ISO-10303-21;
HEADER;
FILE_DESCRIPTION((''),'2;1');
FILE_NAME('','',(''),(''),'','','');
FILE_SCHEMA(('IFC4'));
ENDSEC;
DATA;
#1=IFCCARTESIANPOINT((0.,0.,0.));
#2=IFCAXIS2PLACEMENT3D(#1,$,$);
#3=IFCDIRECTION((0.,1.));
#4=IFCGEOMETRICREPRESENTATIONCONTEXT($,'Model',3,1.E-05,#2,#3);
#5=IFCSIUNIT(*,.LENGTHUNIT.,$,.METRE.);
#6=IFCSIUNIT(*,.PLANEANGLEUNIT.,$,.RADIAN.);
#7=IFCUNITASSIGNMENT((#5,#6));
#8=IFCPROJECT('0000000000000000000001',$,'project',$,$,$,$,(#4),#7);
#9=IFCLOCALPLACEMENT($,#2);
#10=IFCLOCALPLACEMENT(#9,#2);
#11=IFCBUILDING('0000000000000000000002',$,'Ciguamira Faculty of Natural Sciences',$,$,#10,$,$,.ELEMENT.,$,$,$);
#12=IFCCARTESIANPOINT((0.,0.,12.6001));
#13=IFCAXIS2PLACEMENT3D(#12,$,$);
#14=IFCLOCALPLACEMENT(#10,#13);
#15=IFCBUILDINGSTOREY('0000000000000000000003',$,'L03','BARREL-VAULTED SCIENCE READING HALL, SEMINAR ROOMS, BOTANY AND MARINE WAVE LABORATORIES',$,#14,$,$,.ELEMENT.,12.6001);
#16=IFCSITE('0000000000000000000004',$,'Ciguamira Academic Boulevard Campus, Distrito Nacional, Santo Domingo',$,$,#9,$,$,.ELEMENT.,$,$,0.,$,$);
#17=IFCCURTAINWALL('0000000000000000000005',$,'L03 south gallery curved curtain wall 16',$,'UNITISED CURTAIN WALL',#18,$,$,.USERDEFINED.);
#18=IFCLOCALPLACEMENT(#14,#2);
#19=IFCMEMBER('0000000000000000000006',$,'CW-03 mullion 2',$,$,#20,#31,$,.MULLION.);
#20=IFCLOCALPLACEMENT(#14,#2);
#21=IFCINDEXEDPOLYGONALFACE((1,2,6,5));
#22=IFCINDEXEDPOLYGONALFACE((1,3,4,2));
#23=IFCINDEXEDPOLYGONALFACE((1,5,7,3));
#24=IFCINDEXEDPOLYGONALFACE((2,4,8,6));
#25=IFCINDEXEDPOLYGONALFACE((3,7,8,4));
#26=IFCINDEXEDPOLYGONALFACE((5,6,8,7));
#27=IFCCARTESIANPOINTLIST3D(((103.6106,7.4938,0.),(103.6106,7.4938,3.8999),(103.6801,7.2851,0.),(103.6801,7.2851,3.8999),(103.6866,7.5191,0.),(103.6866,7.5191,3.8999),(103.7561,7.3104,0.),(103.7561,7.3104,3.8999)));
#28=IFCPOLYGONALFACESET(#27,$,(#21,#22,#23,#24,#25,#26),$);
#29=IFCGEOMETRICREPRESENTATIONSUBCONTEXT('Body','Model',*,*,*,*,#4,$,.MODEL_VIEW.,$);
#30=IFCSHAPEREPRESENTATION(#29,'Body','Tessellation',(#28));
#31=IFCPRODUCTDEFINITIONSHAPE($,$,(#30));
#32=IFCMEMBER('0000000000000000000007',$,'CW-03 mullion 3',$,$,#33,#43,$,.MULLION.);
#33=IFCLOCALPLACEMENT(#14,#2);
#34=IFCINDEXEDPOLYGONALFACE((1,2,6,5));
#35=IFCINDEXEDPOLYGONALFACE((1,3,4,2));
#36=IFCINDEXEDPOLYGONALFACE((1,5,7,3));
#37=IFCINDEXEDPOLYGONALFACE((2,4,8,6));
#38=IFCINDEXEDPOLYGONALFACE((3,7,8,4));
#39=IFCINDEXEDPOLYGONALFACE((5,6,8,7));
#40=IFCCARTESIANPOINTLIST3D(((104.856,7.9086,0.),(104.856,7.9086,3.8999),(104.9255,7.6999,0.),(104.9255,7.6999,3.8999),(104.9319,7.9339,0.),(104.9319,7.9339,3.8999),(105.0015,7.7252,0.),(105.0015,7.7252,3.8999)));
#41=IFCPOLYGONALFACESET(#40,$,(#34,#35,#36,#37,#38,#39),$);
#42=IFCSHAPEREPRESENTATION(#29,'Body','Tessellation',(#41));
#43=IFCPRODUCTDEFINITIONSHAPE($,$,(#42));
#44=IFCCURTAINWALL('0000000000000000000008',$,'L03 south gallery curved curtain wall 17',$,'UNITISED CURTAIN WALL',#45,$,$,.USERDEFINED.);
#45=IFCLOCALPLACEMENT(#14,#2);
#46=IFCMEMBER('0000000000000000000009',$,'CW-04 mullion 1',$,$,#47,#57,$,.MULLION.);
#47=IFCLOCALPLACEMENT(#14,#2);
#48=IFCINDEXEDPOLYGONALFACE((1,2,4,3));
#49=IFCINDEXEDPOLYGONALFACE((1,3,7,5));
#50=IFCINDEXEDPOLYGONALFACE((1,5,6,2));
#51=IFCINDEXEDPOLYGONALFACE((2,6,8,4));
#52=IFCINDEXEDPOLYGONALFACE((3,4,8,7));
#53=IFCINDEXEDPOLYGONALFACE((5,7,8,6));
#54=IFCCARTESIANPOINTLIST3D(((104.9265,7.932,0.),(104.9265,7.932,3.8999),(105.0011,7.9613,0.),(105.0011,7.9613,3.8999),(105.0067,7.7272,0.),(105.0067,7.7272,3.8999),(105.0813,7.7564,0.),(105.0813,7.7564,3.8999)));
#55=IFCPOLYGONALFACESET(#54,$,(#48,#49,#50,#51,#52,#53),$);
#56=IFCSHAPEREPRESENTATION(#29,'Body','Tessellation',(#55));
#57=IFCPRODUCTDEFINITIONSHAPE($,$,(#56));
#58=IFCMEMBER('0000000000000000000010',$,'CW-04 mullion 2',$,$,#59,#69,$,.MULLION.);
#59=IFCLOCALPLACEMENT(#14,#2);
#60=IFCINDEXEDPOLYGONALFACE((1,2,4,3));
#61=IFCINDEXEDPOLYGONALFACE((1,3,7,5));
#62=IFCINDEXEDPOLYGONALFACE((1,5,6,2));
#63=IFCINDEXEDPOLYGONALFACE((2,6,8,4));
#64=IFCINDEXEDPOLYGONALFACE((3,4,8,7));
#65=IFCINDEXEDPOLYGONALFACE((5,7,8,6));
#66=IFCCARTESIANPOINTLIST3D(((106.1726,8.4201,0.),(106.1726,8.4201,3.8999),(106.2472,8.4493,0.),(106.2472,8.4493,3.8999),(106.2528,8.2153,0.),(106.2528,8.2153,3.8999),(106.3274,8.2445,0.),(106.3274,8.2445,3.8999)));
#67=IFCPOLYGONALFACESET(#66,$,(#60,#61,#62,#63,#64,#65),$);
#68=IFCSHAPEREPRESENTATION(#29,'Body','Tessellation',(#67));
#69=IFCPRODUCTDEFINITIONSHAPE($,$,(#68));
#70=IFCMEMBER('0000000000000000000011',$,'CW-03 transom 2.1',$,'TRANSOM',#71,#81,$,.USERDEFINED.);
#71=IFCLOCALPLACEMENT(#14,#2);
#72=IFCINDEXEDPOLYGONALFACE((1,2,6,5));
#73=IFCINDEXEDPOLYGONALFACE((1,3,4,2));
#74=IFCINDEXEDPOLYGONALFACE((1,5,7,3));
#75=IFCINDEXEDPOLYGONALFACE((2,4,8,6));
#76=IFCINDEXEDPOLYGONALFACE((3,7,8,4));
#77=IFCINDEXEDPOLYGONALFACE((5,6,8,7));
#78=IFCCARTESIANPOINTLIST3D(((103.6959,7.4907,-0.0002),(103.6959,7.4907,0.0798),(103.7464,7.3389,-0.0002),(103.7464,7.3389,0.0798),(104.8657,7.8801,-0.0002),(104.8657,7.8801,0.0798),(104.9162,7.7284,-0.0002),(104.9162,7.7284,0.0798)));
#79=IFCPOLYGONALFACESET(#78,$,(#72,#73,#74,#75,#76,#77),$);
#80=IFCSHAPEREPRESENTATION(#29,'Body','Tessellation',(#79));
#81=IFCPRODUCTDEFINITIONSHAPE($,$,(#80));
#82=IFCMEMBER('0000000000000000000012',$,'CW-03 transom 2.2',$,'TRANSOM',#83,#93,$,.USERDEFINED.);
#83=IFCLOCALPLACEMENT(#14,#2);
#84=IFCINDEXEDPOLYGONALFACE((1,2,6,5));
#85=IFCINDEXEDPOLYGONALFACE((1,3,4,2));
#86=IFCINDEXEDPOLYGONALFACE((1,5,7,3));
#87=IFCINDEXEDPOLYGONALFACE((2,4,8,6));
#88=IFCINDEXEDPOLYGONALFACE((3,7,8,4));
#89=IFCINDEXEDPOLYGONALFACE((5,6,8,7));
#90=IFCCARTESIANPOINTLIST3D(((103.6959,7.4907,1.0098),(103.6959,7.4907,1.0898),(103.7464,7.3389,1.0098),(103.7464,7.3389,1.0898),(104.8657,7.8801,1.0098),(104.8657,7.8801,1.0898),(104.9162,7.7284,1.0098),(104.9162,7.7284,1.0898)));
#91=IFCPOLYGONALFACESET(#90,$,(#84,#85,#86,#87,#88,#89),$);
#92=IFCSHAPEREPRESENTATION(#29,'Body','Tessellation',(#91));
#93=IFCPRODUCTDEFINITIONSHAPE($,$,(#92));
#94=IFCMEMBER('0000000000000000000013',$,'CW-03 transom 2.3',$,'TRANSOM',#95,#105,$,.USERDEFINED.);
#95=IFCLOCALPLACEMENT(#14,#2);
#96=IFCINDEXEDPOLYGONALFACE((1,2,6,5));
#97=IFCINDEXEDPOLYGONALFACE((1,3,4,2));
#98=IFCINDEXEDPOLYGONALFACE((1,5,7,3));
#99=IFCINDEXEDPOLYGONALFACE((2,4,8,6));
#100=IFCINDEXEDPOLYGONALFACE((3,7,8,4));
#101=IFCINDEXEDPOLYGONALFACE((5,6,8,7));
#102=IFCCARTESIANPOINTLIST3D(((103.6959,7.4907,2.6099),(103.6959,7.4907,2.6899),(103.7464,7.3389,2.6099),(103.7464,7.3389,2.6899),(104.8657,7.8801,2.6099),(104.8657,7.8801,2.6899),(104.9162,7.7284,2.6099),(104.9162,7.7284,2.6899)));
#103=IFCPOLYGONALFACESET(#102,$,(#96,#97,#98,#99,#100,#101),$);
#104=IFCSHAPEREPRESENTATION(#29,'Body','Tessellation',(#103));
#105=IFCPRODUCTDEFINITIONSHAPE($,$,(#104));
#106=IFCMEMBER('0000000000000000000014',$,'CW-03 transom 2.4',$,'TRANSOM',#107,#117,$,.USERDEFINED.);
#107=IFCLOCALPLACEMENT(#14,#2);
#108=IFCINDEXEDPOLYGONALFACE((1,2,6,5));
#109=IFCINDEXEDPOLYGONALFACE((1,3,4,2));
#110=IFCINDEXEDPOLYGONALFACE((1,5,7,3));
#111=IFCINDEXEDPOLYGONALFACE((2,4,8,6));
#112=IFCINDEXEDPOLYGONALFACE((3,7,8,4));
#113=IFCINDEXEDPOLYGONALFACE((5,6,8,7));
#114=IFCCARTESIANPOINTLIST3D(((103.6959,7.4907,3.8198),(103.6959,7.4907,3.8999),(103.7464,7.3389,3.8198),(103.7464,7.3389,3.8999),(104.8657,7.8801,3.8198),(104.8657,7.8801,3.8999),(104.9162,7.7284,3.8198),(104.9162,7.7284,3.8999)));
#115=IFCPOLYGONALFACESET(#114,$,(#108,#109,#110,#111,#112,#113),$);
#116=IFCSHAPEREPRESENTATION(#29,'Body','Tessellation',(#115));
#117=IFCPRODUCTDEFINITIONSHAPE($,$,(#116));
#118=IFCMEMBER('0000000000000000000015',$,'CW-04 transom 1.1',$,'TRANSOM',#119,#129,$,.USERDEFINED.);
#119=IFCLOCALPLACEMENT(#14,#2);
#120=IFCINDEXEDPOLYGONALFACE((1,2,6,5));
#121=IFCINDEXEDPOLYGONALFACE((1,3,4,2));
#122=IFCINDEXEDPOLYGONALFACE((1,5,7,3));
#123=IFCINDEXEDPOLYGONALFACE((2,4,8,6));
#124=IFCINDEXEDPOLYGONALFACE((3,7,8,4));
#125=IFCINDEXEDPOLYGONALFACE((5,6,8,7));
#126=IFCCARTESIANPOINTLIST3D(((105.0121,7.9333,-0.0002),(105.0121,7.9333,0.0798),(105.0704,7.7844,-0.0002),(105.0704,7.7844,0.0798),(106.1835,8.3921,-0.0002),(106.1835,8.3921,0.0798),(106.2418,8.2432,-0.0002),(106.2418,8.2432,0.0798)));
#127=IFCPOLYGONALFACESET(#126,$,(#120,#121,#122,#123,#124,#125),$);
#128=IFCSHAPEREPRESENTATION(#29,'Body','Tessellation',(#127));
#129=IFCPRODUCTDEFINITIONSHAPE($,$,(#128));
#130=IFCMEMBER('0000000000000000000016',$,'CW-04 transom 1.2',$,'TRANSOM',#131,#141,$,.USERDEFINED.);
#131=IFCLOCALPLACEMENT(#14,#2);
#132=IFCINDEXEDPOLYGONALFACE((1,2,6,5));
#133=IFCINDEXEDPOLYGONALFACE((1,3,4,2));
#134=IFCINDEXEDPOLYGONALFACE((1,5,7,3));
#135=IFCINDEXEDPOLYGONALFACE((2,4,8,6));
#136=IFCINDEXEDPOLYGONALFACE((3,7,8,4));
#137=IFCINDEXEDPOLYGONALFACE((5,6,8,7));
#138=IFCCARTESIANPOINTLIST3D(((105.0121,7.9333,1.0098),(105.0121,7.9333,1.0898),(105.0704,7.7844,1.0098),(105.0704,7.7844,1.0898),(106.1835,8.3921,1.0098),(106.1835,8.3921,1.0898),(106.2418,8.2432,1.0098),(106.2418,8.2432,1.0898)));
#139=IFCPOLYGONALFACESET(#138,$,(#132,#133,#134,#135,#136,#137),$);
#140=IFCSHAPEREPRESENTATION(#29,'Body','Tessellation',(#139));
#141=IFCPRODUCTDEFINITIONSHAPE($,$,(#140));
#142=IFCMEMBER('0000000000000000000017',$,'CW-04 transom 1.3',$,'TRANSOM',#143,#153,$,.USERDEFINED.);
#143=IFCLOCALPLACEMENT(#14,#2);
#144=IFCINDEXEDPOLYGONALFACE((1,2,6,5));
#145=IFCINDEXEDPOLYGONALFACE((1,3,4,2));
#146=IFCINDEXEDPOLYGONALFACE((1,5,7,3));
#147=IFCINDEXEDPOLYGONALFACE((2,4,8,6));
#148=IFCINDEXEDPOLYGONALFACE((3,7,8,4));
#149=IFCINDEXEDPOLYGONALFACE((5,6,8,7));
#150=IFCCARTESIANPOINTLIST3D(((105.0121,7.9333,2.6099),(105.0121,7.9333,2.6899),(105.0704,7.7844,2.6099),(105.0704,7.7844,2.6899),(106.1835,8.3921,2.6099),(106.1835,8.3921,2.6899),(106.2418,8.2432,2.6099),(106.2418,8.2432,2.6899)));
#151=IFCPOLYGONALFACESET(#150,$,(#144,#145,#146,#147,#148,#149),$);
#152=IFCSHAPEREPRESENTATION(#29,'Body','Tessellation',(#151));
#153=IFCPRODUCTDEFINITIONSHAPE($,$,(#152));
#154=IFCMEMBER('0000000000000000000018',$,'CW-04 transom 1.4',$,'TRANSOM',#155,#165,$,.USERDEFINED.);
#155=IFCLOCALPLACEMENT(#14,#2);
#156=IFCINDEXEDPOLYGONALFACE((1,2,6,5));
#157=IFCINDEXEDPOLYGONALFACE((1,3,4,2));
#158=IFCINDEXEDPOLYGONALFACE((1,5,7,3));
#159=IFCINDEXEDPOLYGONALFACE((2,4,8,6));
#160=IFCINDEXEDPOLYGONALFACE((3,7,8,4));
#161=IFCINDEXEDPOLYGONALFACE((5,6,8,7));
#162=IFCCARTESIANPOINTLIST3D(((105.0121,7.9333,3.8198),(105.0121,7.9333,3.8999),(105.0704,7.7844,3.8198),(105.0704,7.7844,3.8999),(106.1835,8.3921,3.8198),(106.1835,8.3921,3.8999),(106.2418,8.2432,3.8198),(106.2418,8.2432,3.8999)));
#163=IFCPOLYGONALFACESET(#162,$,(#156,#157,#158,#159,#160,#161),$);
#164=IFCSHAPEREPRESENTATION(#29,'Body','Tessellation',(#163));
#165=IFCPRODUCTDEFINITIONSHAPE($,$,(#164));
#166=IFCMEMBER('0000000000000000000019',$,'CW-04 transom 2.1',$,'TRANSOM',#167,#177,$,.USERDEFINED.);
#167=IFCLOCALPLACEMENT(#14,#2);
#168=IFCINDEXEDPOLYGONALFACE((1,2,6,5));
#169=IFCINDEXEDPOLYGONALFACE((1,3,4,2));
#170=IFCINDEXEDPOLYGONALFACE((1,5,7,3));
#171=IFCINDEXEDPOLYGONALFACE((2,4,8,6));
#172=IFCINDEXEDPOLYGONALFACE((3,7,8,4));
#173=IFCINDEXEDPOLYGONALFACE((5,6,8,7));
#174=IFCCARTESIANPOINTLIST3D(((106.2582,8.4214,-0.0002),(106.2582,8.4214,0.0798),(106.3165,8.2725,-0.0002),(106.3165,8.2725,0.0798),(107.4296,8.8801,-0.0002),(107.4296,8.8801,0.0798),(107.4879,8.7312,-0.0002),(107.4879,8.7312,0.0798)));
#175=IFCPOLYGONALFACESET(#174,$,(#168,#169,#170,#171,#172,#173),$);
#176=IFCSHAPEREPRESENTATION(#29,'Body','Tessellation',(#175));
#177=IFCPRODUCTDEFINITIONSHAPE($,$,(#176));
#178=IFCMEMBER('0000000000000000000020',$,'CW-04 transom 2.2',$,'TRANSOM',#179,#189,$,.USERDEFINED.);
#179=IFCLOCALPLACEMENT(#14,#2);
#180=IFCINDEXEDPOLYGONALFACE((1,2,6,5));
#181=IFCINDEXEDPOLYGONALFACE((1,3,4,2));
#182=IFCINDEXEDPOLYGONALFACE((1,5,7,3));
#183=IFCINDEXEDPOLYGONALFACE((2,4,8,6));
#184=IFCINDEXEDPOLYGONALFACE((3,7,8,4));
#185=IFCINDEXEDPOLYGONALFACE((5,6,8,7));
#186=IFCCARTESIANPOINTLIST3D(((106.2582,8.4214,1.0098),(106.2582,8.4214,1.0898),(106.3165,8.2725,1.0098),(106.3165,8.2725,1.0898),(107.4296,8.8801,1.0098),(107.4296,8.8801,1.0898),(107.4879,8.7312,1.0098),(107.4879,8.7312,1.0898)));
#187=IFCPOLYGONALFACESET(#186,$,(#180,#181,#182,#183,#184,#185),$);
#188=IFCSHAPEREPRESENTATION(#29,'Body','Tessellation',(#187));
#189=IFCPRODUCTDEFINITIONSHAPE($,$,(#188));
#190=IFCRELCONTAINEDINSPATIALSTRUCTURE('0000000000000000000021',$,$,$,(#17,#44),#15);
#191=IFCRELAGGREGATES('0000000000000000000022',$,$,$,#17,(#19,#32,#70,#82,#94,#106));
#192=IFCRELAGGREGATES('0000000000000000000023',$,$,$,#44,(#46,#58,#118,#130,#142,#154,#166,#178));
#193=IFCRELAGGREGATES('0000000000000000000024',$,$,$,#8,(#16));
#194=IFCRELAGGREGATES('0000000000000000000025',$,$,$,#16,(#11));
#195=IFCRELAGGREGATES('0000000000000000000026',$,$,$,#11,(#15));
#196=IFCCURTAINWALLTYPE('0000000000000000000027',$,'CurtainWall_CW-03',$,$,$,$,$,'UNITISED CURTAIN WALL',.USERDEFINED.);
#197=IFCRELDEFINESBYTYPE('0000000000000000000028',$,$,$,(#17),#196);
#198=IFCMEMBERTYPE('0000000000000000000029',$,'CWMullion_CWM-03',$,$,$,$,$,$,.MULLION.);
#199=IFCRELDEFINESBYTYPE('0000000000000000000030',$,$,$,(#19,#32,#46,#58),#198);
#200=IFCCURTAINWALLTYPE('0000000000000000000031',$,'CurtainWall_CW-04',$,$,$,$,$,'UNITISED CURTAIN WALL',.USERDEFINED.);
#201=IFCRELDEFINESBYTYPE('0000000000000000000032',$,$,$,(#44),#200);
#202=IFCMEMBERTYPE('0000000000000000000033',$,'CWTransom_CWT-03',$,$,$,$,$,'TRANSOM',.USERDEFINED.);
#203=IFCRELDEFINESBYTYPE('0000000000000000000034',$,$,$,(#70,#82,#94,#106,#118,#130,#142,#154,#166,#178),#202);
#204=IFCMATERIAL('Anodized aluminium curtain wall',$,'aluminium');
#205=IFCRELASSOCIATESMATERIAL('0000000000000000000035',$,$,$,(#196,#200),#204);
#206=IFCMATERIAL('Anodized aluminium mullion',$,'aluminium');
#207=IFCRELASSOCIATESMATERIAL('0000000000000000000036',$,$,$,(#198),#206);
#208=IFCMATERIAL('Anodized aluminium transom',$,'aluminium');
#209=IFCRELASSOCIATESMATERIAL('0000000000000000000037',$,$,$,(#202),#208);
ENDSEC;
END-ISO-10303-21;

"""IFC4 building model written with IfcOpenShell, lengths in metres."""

from ifc_helpers import new_model, si_unit, direction, frame, origin, origin_2d, place, context, subcontext, project, spatial, rectangle, extrude, material, material_profile, profile_set, type_object, element, aggregate, save


model = new_model("IFC4")

# Units and contexts
model_context = context("Model", 3, precision=1e-05, world=origin(), true_north=direction((0.0, 1.0)))
body_context = subcontext(model_context, "Body", "Model", "MODEL_VIEW")
ifc_project = project(units=[si_unit("LENGTHUNIT", "METRE"), si_unit("PLANEANGLEUNIT", "RADIAN")], contexts=[model_context])

# Site, building, storey
site_placement = place(None, origin())
site = spatial("IfcSite", under=ifc_project, at=site_placement, Name="Ciguamira Academic Boulevard Campus, Distrito Nacional, Santo Domingo", CompositionType="ELEMENT", RefElevation=0.0)
building_placement = place(site_placement, origin())
building = spatial("IfcBuilding", under=site, at=building_placement, Name="Ciguamira Faculty of Natural Sciences", CompositionType="ELEMENT")
storey_placement = place(building_placement, frame((0.0, 0.0, 12.6001)))
storey = spatial("IfcBuildingStorey", under=building, at=storey_placement, Name="L03", Description="BARREL-VAULTED SCIENCE READING HALL, SEMINAR ROOMS, BOTANY AND MARINE WAVE LABORATORIES", CompositionType="ELEMENT", Elevation=12.6001)

# Curtain walls, members
ifc_material_1 = material(Name="Anodized aluminium curtain wall", Category="aluminium")
curtain_wall_type_1 = type_object("IfcCurtainWallType", Name="CurtainWall_CW-03", ElementType="UNITISED CURTAIN WALL", PredefinedType="USERDEFINED", material=ifc_material_1)
curtain_wall_1_placement = place(storey_placement, origin())
curtain_wall_1 = element("IfcCurtainWall", 1, at=curtain_wall_1_placement, inside=storey, type_object=curtain_wall_type_1, Name="L03 south gallery curved curtain wall 16", ObjectType="UNITISED CURTAIN WALL", PredefinedType="USERDEFINED")
ifc_material_2 = material(Name="Anodized aluminium mullion", Category="aluminium")
ifc_material_profile_1 = material_profile(ifc_material_2, rectangle(XDim=0.0801, YDim=0.22, at=origin_2d()), Name="ALU-MUL-80X220")
ifc_profile_set_1 = profile_set([ifc_material_profile_1], Name="Anodized aluminium mullion")
member_type_1 = type_object("IfcMemberType", Name="CWMullion_CWM-03", PredefinedType="MULLION", material=ifc_profile_set_1)
member_1_placement = place(storey_placement, frame((103.6833, 7.4021, 0.0), z_axis=(0.0, 0.0, 1.0), x_axis=(0.948735, 0.316073, 0.0)))
member_1 = element("IfcMember", 2, at=member_1_placement, type_object=member_type_1, Name="CW-03 mullion 2", PredefinedType="MULLION", context=body_context, shape_type="SweptSolid", body=[
    extrude(rectangle(XDim=0.0801, YDim=0.22, at=origin_2d()), origin(), (0.0, 0.0, 1.0), 3.8999),
])
member_2_placement = place(storey_placement, frame((104.9287, 7.8169, 0.0), z_axis=(0.0, 0.0, 1.0), x_axis=(0.948735, 0.316073, 0.0)))
member_2 = element("IfcMember", 3, at=member_2_placement, type_object=member_type_1, Name="CW-03 mullion 3", PredefinedType="MULLION", context=body_context, shape_type="SweptSolid", body=[
    extrude(rectangle(XDim=0.0801, YDim=0.22, at=origin_2d()), origin(), (0.0, 0.0, 1.0), 3.8999),
])
curtain_wall_type_2 = type_object("IfcCurtainWallType", Name="CurtainWall_CW-04", ElementType="UNITISED CURTAIN WALL", PredefinedType="USERDEFINED", material=ifc_material_1)
curtain_wall_2_placement = place(storey_placement, origin())
curtain_wall_2 = element("IfcCurtainWall", 4, at=curtain_wall_2_placement, inside=storey, type_object=curtain_wall_type_2, Name="L03 south gallery curved curtain wall 17", ObjectType="UNITISED CURTAIN WALL", PredefinedType="USERDEFINED")
member_3_placement = place(storey_placement, frame((105.0039, 7.8442, 0.0), z_axis=(0.0, 0.0, 1.0), x_axis=(0.931122, 0.364707, 0.0)))
member_3 = element("IfcMember", 5, at=member_3_placement, type_object=member_type_1, Name="CW-04 mullion 1", PredefinedType="MULLION", context=body_context, shape_type="SweptSolid", body=[
    extrude(rectangle(XDim=0.0801, YDim=0.22, at=origin_2d()), origin(), (0.0, 0.0, 1.0), 3.8999),
])
member_4_placement = place(storey_placement, frame((106.25, 8.3323, 0.0), z_axis=(0.0, 0.0, 1.0), x_axis=(0.931122, 0.364707, 0.0)))
member_4 = element("IfcMember", 6, at=member_4_placement, type_object=member_type_1, Name="CW-04 mullion 2", PredefinedType="MULLION", context=body_context, shape_type="SweptSolid", body=[
    extrude(rectangle(XDim=0.0801, YDim=0.22, at=origin_2d()), origin(), (0.0, 0.0, 1.0), 3.8999),
])

# Members
ifc_material_3 = material(Name="Anodized aluminium transom", Category="aluminium")
ifc_material_profile_2 = material_profile(ifc_material_3, rectangle(XDim=0.0801, YDim=0.1599, at=origin_2d()), Name="ALU-TRN-80X160")
ifc_profile_set_2 = profile_set([ifc_material_profile_2], Name="Anodized aluminium transom")
member_type_2 = type_object("IfcMemberType", Name="CWTransom_CWT-03", ElementType="TRANSOM", PredefinedType="USERDEFINED", material=ifc_profile_set_2)
member_5_placement = place(storey_placement, frame((103.7212, 7.4148, 0.0398), z_axis=(0.948802, 0.315871, 0.0), x_axis=(0.0, 0.0, 1.0)))
member_5 = element("IfcMember", 7, at=member_5_placement, type_object=member_type_2, Name="CW-03 transom 2.1", ObjectType="TRANSOM", PredefinedType="USERDEFINED", context=body_context, shape_type="SweptSolid", body=[
    extrude(rectangle(XDim=0.0801, YDim=0.1599, at=origin_2d()), origin(), (0.0, 0.0, 1.0), 1.2329),
])
member_6_placement = place(storey_placement, frame((103.7212, 7.4148, 1.0498), z_axis=(0.948802, 0.315871, 0.0), x_axis=(0.0, 0.0, 1.0)))
member_6 = element("IfcMember", 8, at=member_6_placement, type_object=member_type_2, Name="CW-03 transom 2.2", ObjectType="TRANSOM", PredefinedType="USERDEFINED", context=body_context, shape_type="SweptSolid", body=[
    extrude(rectangle(XDim=0.0801, YDim=0.1599, at=origin_2d()), origin(), (0.0, 0.0, 1.0), 1.2329),
])
member_7_placement = place(storey_placement, frame((103.7212, 7.4148, 2.6499), z_axis=(0.948802, 0.315871, 0.0), x_axis=(0.0, 0.0, 1.0)))
member_7 = element("IfcMember", 9, at=member_7_placement, type_object=member_type_2, Name="CW-03 transom 2.3", ObjectType="TRANSOM", PredefinedType="USERDEFINED", context=body_context, shape_type="SweptSolid", body=[
    extrude(rectangle(XDim=0.0801, YDim=0.1599, at=origin_2d()), origin(), (0.0, 0.0, 1.0), 1.2329),
])
member_8_placement = place(storey_placement, frame((103.7212, 7.4148, 3.8599), z_axis=(0.948802, 0.315871, 0.0), x_axis=(0.0, 0.0, 1.0)))
member_8 = element("IfcMember", 10, at=member_8_placement, type_object=member_type_2, Name="CW-03 transom 2.4", ObjectType="TRANSOM", PredefinedType="USERDEFINED", context=body_context, shape_type="SweptSolid", body=[
    extrude(rectangle(XDim=0.0801, YDim=0.1599, at=origin_2d()), origin(), (0.0, 0.0, 1.0), 1.2329),
])
member_9_placement = place(storey_placement, frame((105.0413, 7.8589, 0.0398), z_axis=(0.931143, 0.364655, 0.0), x_axis=(0.0, 0.0, 1.0)))
member_9 = element("IfcMember", 11, at=member_9_placement, type_object=member_type_2, Name="CW-04 transom 1.1", ObjectType="TRANSOM", PredefinedType="USERDEFINED", context=body_context, shape_type="SweptSolid", body=[
    extrude(rectangle(XDim=0.0801, YDim=0.1599, at=origin_2d()), origin(), (0.0, 0.0, 1.0), 1.2581),
])
member_10_placement = place(storey_placement, frame((105.0413, 7.8589, 1.0498), z_axis=(0.931143, 0.364655, 0.0), x_axis=(0.0, 0.0, 1.0)))
member_10 = element("IfcMember", 12, at=member_10_placement, type_object=member_type_2, Name="CW-04 transom 1.2", ObjectType="TRANSOM", PredefinedType="USERDEFINED", context=body_context, shape_type="SweptSolid", body=[
    extrude(rectangle(XDim=0.0801, YDim=0.1599, at=origin_2d()), origin(), (0.0, 0.0, 1.0), 1.2581),
])
member_11_placement = place(storey_placement, frame((105.0413, 7.8589, 2.6499), z_axis=(0.931143, 0.364655, 0.0), x_axis=(0.0, 0.0, 1.0)))
member_11 = element("IfcMember", 13, at=member_11_placement, type_object=member_type_2, Name="CW-04 transom 1.3", ObjectType="TRANSOM", PredefinedType="USERDEFINED", context=body_context, shape_type="SweptSolid", body=[
    extrude(rectangle(XDim=0.0801, YDim=0.1599, at=origin_2d()), origin(), (0.0, 0.0, 1.0), 1.2581),
])
member_12_placement = place(storey_placement, frame((105.0413, 7.8589, 3.8599), z_axis=(0.931143, 0.364655, 0.0), x_axis=(0.0, 0.0, 1.0)))
member_12 = element("IfcMember", 14, at=member_12_placement, type_object=member_type_2, Name="CW-04 transom 1.4", ObjectType="TRANSOM", PredefinedType="USERDEFINED", context=body_context, shape_type="SweptSolid", body=[
    extrude(rectangle(XDim=0.0801, YDim=0.1599, at=origin_2d()), origin(), (0.0, 0.0, 1.0), 1.2581),
])
member_13_placement = place(storey_placement, frame((106.2874, 8.3469, 0.0398), z_axis=(0.931143, 0.364655, 0.0), x_axis=(0.0, 0.0, 1.0)))
member_13 = element("IfcMember", 15, at=member_13_placement, type_object=member_type_2, Name="CW-04 transom 2.1", ObjectType="TRANSOM", PredefinedType="USERDEFINED", context=body_context, shape_type="SweptSolid", body=[
    extrude(rectangle(XDim=0.0801, YDim=0.1599, at=origin_2d()), origin(), (0.0, 0.0, 1.0), 1.2581),
])
member_14_placement = place(storey_placement, frame((106.2874, 8.3469, 1.0498), z_axis=(0.931143, 0.364655, 0.0), x_axis=(0.0, 0.0, 1.0)))
member_14 = element("IfcMember", 16, at=member_14_placement, type_object=member_type_2, Name="CW-04 transom 2.2", ObjectType="TRANSOM", PredefinedType="USERDEFINED", context=body_context, shape_type="SweptSolid", body=[
    extrude(rectangle(XDim=0.0801, YDim=0.1599, at=origin_2d()), origin(), (0.0, 0.0, 1.0), 1.2581),
])

aggregate(curtain_wall_1, [member_1, member_2, member_5, member_6, member_7, member_8])
aggregate(curtain_wall_2, [member_3, member_4, member_9, member_10, member_11, member_12, member_13, member_14])

save(model, "model.ifc")
